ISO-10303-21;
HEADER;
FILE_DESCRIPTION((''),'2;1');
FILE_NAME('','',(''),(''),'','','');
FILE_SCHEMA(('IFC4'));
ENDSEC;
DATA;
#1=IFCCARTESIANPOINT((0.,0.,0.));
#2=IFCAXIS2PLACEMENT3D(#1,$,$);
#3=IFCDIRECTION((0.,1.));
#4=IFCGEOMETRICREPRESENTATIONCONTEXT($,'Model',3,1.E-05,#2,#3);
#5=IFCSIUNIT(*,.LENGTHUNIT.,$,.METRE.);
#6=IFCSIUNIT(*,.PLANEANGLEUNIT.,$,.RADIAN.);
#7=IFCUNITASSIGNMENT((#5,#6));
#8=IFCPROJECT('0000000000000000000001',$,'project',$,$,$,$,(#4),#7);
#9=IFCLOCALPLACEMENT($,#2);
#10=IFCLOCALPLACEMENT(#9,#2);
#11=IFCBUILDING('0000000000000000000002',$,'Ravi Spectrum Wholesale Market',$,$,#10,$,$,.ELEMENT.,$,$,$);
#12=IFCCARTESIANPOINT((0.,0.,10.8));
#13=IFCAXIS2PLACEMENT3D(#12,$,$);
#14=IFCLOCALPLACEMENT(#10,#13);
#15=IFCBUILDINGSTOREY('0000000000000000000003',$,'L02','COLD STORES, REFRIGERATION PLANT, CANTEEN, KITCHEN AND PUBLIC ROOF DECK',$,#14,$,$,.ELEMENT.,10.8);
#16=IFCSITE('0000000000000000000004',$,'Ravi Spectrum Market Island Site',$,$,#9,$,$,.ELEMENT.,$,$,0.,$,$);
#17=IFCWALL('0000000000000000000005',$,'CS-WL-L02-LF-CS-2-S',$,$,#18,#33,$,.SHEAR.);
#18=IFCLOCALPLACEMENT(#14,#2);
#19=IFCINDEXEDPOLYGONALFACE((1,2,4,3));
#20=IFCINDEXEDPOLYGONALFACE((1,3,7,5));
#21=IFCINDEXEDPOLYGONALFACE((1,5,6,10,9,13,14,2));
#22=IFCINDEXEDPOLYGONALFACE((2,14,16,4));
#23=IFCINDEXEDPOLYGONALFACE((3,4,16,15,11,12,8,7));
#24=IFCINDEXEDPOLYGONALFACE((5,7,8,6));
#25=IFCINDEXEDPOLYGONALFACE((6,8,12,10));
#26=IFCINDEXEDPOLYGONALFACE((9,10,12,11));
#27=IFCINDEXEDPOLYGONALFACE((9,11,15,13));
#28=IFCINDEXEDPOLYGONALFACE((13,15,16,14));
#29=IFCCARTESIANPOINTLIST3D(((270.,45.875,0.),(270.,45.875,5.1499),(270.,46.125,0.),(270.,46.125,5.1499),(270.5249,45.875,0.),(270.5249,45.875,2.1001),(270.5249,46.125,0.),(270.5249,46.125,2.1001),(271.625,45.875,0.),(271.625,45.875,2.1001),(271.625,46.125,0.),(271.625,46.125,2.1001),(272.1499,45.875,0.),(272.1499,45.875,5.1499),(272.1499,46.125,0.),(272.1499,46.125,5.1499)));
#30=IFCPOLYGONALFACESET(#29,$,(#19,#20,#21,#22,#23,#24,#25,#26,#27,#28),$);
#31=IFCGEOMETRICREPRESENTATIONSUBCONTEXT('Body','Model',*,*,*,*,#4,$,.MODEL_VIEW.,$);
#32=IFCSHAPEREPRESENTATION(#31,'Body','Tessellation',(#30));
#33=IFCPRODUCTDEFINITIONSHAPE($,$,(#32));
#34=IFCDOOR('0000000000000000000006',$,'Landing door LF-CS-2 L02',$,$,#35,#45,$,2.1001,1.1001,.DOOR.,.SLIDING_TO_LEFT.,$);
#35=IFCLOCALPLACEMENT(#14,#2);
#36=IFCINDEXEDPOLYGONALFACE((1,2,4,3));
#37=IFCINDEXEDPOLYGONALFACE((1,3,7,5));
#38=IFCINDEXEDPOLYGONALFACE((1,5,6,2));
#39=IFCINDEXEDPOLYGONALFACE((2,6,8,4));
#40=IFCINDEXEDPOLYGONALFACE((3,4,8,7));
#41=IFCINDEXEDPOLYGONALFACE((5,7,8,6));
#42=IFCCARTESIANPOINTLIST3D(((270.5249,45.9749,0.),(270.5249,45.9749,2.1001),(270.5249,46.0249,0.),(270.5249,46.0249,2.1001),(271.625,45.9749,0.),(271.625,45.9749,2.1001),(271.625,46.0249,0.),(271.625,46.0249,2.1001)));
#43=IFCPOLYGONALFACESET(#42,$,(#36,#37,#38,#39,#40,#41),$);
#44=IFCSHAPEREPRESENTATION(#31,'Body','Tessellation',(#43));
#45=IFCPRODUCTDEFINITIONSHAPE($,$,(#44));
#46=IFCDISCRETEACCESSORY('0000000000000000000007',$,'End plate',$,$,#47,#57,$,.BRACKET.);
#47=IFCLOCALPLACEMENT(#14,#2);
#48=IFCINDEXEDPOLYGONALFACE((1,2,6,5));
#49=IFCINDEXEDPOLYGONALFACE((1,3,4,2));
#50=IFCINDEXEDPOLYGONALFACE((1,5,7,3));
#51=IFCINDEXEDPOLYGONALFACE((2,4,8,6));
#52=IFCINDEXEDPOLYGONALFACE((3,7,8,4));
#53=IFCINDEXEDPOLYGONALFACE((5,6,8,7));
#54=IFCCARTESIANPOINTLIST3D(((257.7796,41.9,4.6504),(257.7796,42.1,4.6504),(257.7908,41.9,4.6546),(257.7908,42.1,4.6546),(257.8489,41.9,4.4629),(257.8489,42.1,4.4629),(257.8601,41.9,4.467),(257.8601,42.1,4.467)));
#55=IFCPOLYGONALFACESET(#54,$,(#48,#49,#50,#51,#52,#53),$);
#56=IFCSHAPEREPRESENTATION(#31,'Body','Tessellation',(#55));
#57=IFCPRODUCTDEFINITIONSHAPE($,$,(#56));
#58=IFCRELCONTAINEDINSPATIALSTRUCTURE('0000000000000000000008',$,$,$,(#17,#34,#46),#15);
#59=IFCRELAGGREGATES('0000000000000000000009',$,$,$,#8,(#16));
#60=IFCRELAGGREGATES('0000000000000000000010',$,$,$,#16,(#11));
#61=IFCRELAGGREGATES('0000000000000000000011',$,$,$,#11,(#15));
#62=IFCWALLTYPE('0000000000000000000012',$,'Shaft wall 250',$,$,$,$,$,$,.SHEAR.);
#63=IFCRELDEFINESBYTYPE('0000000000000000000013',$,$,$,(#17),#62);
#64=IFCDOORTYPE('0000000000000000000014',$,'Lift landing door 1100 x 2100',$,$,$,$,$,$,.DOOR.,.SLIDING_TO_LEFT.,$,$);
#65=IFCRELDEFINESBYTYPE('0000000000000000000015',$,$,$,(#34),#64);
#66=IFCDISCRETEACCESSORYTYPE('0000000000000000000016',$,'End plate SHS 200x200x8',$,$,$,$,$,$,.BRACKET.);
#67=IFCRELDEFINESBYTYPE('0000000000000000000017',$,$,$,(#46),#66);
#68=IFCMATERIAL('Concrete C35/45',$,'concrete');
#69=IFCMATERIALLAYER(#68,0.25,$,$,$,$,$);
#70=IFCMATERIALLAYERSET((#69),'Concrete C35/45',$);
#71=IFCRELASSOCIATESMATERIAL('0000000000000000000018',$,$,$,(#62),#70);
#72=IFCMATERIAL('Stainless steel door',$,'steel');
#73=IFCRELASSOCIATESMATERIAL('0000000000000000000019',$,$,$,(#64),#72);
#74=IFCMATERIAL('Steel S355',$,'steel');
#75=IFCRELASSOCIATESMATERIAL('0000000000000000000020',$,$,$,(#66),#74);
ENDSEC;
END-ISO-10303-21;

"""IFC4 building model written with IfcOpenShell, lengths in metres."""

from ifc_helpers import new_model, si_unit, direction, frame, frame_2d, origin, origin_2d, place, context, subcontext, project, spatial, rectangle, extrude, material, layer, layer_set, material_profile, profile_set, type_object, element, fill, save


model = new_model("IFC4")

# Units and contexts
model_context = context("Model", 3, precision=1e-05, world=origin(), true_north=direction((0.0, 1.0)))
body_context = subcontext(model_context, "Body", "Model", "MODEL_VIEW")
ifc_project = project(units=[si_unit("LENGTHUNIT", "METRE"), si_unit("PLANEANGLEUNIT", "RADIAN")], contexts=[model_context])

# Site, building, storey
site_placement = place(None, origin())
site = spatial("IfcSite", under=ifc_project, at=site_placement, Name="Ravi Spectrum Market Island Site", CompositionType="ELEMENT", RefElevation=0.0)
building_placement = place(site_placement, origin())
building = spatial("IfcBuilding", under=site, at=building_placement, Name="Ravi Spectrum Wholesale Market", CompositionType="ELEMENT")
storey_placement = place(building_placement, frame((0.0, 0.0, 10.8)))
storey = spatial("IfcBuildingStorey", under=building, at=storey_placement, Name="L02", Description="COLD STORES, REFRIGERATION PLANT, CANTEEN, KITCHEN AND PUBLIC ROOF DECK", CompositionType="ELEMENT", Elevation=10.8)

# Wall, opening, door
ifc_material_1 = material(Name="Concrete C35/45", Category="concrete")
ifc_layer_1 = layer(ifc_material_1, 0.25)
ifc_layer_set_1 = layer_set([ifc_layer_1], Name="Concrete C35/45")
wall_type_1 = type_object("IfcWallType", Name="Shaft wall 250", PredefinedType="SHEAR", material=ifc_layer_set_1)
wall_1_placement = place(storey_placement, frame((270.0, 46.0, 0.0), z_axis=(0.0, 0.0, 1.0), x_axis=(1.0, 0.0, 0.0)))
wall_1 = element("IfcWall", 1, at=wall_1_placement, inside=storey, type_object=wall_type_1, Name="CS-WL-L02-LF-CS-2-S", PredefinedType="SHEAR", context=body_context, shape_type="SweptSolid", body=[
    extrude(rectangle(XDim=2.1499, YDim=0.25, at=frame_2d((1.075, 0.0))), origin(), (0.0, 0.0, 1.0), 5.1499),
])
opening_1_placement = place(wall_1_placement, frame((0.5249, 0.0, 0.0)))
opening_1 = element("IfcOpeningElement", 2, at=opening_1_placement, cuts=wall_1, PredefinedType="OPENING", context=body_context, shape_type="SweptSolid", body=[
    extrude(rectangle(XDim=1.1001, YDim=2.1001, at=frame_2d((0.55, 1.05))), frame((0.0, 0.135, 0.0), z_axis=(0.0, -1.0, 0.0), x_axis=(1.0, 0.0, 0.0)), (0.0, 0.0, 1.0), 0.27),
])
ifc_material_2 = material(Name="Stainless steel door", Category="steel")
door_type_1 = type_object("IfcDoorType", Name="Lift landing door 1100 x 2100", OperationType="SLIDING_TO_LEFT", PredefinedType="DOOR", material=ifc_material_2)
door_1_placement = place(opening_1_placement, origin())
door_1 = element("IfcDoor", 3, at=door_1_placement, inside=storey, type_object=door_type_1, Name="Landing door LF-CS-2 L02", OperationType="SLIDING_TO_LEFT", OverallHeight=2.1001, OverallWidth=1.1001, PredefinedType="DOOR", context=body_context, shape_type="SweptSolid", body=[
    extrude(rectangle(XDim=1.1001, YDim=2.1001, at=frame_2d((0.55, 1.05))), frame((0.0, 0.0249, 0.0), z_axis=(0.0, -1.0, 0.0), x_axis=(1.0, 0.0, 0.0)), (0.0, 0.0, 1.0), 0.05),
])
fill(opening_1, door_1)

# Discrete accessory
ifc_material_3 = material(Name="Steel S355", Category="steel")
ifc_material_profile_1 = material_profile(ifc_material_3, rectangle(XDim=0.2, YDim=0.2, at=origin_2d()))
ifc_profile_set_1 = profile_set([ifc_material_profile_1], Name="Steel S355")
discrete_accessory_type = type_object("IfcDiscreteAccessoryType", Name="End plate SHS 200x200x8", PredefinedType="BRACKET", material=ifc_profile_set_1)
discrete_accessory_placement = place(storey_placement, frame((257.8142, 42.0, 4.5566), z_axis=(0.937994, 0.0, 0.34665), x_axis=(0.0, 1.0, 0.0)))
element("IfcDiscreteAccessory", 4, at=discrete_accessory_placement, inside=storey, type_object=discrete_accessory_type, Name="End plate", PredefinedType="BRACKET", context=body_context, shape_type="SweptSolid", body=[
    extrude(rectangle(XDim=0.2, YDim=0.2, at=origin_2d()), origin(), (0.0, 0.0, 1.0), 0.012),
])

save(model, "model.ifc")
